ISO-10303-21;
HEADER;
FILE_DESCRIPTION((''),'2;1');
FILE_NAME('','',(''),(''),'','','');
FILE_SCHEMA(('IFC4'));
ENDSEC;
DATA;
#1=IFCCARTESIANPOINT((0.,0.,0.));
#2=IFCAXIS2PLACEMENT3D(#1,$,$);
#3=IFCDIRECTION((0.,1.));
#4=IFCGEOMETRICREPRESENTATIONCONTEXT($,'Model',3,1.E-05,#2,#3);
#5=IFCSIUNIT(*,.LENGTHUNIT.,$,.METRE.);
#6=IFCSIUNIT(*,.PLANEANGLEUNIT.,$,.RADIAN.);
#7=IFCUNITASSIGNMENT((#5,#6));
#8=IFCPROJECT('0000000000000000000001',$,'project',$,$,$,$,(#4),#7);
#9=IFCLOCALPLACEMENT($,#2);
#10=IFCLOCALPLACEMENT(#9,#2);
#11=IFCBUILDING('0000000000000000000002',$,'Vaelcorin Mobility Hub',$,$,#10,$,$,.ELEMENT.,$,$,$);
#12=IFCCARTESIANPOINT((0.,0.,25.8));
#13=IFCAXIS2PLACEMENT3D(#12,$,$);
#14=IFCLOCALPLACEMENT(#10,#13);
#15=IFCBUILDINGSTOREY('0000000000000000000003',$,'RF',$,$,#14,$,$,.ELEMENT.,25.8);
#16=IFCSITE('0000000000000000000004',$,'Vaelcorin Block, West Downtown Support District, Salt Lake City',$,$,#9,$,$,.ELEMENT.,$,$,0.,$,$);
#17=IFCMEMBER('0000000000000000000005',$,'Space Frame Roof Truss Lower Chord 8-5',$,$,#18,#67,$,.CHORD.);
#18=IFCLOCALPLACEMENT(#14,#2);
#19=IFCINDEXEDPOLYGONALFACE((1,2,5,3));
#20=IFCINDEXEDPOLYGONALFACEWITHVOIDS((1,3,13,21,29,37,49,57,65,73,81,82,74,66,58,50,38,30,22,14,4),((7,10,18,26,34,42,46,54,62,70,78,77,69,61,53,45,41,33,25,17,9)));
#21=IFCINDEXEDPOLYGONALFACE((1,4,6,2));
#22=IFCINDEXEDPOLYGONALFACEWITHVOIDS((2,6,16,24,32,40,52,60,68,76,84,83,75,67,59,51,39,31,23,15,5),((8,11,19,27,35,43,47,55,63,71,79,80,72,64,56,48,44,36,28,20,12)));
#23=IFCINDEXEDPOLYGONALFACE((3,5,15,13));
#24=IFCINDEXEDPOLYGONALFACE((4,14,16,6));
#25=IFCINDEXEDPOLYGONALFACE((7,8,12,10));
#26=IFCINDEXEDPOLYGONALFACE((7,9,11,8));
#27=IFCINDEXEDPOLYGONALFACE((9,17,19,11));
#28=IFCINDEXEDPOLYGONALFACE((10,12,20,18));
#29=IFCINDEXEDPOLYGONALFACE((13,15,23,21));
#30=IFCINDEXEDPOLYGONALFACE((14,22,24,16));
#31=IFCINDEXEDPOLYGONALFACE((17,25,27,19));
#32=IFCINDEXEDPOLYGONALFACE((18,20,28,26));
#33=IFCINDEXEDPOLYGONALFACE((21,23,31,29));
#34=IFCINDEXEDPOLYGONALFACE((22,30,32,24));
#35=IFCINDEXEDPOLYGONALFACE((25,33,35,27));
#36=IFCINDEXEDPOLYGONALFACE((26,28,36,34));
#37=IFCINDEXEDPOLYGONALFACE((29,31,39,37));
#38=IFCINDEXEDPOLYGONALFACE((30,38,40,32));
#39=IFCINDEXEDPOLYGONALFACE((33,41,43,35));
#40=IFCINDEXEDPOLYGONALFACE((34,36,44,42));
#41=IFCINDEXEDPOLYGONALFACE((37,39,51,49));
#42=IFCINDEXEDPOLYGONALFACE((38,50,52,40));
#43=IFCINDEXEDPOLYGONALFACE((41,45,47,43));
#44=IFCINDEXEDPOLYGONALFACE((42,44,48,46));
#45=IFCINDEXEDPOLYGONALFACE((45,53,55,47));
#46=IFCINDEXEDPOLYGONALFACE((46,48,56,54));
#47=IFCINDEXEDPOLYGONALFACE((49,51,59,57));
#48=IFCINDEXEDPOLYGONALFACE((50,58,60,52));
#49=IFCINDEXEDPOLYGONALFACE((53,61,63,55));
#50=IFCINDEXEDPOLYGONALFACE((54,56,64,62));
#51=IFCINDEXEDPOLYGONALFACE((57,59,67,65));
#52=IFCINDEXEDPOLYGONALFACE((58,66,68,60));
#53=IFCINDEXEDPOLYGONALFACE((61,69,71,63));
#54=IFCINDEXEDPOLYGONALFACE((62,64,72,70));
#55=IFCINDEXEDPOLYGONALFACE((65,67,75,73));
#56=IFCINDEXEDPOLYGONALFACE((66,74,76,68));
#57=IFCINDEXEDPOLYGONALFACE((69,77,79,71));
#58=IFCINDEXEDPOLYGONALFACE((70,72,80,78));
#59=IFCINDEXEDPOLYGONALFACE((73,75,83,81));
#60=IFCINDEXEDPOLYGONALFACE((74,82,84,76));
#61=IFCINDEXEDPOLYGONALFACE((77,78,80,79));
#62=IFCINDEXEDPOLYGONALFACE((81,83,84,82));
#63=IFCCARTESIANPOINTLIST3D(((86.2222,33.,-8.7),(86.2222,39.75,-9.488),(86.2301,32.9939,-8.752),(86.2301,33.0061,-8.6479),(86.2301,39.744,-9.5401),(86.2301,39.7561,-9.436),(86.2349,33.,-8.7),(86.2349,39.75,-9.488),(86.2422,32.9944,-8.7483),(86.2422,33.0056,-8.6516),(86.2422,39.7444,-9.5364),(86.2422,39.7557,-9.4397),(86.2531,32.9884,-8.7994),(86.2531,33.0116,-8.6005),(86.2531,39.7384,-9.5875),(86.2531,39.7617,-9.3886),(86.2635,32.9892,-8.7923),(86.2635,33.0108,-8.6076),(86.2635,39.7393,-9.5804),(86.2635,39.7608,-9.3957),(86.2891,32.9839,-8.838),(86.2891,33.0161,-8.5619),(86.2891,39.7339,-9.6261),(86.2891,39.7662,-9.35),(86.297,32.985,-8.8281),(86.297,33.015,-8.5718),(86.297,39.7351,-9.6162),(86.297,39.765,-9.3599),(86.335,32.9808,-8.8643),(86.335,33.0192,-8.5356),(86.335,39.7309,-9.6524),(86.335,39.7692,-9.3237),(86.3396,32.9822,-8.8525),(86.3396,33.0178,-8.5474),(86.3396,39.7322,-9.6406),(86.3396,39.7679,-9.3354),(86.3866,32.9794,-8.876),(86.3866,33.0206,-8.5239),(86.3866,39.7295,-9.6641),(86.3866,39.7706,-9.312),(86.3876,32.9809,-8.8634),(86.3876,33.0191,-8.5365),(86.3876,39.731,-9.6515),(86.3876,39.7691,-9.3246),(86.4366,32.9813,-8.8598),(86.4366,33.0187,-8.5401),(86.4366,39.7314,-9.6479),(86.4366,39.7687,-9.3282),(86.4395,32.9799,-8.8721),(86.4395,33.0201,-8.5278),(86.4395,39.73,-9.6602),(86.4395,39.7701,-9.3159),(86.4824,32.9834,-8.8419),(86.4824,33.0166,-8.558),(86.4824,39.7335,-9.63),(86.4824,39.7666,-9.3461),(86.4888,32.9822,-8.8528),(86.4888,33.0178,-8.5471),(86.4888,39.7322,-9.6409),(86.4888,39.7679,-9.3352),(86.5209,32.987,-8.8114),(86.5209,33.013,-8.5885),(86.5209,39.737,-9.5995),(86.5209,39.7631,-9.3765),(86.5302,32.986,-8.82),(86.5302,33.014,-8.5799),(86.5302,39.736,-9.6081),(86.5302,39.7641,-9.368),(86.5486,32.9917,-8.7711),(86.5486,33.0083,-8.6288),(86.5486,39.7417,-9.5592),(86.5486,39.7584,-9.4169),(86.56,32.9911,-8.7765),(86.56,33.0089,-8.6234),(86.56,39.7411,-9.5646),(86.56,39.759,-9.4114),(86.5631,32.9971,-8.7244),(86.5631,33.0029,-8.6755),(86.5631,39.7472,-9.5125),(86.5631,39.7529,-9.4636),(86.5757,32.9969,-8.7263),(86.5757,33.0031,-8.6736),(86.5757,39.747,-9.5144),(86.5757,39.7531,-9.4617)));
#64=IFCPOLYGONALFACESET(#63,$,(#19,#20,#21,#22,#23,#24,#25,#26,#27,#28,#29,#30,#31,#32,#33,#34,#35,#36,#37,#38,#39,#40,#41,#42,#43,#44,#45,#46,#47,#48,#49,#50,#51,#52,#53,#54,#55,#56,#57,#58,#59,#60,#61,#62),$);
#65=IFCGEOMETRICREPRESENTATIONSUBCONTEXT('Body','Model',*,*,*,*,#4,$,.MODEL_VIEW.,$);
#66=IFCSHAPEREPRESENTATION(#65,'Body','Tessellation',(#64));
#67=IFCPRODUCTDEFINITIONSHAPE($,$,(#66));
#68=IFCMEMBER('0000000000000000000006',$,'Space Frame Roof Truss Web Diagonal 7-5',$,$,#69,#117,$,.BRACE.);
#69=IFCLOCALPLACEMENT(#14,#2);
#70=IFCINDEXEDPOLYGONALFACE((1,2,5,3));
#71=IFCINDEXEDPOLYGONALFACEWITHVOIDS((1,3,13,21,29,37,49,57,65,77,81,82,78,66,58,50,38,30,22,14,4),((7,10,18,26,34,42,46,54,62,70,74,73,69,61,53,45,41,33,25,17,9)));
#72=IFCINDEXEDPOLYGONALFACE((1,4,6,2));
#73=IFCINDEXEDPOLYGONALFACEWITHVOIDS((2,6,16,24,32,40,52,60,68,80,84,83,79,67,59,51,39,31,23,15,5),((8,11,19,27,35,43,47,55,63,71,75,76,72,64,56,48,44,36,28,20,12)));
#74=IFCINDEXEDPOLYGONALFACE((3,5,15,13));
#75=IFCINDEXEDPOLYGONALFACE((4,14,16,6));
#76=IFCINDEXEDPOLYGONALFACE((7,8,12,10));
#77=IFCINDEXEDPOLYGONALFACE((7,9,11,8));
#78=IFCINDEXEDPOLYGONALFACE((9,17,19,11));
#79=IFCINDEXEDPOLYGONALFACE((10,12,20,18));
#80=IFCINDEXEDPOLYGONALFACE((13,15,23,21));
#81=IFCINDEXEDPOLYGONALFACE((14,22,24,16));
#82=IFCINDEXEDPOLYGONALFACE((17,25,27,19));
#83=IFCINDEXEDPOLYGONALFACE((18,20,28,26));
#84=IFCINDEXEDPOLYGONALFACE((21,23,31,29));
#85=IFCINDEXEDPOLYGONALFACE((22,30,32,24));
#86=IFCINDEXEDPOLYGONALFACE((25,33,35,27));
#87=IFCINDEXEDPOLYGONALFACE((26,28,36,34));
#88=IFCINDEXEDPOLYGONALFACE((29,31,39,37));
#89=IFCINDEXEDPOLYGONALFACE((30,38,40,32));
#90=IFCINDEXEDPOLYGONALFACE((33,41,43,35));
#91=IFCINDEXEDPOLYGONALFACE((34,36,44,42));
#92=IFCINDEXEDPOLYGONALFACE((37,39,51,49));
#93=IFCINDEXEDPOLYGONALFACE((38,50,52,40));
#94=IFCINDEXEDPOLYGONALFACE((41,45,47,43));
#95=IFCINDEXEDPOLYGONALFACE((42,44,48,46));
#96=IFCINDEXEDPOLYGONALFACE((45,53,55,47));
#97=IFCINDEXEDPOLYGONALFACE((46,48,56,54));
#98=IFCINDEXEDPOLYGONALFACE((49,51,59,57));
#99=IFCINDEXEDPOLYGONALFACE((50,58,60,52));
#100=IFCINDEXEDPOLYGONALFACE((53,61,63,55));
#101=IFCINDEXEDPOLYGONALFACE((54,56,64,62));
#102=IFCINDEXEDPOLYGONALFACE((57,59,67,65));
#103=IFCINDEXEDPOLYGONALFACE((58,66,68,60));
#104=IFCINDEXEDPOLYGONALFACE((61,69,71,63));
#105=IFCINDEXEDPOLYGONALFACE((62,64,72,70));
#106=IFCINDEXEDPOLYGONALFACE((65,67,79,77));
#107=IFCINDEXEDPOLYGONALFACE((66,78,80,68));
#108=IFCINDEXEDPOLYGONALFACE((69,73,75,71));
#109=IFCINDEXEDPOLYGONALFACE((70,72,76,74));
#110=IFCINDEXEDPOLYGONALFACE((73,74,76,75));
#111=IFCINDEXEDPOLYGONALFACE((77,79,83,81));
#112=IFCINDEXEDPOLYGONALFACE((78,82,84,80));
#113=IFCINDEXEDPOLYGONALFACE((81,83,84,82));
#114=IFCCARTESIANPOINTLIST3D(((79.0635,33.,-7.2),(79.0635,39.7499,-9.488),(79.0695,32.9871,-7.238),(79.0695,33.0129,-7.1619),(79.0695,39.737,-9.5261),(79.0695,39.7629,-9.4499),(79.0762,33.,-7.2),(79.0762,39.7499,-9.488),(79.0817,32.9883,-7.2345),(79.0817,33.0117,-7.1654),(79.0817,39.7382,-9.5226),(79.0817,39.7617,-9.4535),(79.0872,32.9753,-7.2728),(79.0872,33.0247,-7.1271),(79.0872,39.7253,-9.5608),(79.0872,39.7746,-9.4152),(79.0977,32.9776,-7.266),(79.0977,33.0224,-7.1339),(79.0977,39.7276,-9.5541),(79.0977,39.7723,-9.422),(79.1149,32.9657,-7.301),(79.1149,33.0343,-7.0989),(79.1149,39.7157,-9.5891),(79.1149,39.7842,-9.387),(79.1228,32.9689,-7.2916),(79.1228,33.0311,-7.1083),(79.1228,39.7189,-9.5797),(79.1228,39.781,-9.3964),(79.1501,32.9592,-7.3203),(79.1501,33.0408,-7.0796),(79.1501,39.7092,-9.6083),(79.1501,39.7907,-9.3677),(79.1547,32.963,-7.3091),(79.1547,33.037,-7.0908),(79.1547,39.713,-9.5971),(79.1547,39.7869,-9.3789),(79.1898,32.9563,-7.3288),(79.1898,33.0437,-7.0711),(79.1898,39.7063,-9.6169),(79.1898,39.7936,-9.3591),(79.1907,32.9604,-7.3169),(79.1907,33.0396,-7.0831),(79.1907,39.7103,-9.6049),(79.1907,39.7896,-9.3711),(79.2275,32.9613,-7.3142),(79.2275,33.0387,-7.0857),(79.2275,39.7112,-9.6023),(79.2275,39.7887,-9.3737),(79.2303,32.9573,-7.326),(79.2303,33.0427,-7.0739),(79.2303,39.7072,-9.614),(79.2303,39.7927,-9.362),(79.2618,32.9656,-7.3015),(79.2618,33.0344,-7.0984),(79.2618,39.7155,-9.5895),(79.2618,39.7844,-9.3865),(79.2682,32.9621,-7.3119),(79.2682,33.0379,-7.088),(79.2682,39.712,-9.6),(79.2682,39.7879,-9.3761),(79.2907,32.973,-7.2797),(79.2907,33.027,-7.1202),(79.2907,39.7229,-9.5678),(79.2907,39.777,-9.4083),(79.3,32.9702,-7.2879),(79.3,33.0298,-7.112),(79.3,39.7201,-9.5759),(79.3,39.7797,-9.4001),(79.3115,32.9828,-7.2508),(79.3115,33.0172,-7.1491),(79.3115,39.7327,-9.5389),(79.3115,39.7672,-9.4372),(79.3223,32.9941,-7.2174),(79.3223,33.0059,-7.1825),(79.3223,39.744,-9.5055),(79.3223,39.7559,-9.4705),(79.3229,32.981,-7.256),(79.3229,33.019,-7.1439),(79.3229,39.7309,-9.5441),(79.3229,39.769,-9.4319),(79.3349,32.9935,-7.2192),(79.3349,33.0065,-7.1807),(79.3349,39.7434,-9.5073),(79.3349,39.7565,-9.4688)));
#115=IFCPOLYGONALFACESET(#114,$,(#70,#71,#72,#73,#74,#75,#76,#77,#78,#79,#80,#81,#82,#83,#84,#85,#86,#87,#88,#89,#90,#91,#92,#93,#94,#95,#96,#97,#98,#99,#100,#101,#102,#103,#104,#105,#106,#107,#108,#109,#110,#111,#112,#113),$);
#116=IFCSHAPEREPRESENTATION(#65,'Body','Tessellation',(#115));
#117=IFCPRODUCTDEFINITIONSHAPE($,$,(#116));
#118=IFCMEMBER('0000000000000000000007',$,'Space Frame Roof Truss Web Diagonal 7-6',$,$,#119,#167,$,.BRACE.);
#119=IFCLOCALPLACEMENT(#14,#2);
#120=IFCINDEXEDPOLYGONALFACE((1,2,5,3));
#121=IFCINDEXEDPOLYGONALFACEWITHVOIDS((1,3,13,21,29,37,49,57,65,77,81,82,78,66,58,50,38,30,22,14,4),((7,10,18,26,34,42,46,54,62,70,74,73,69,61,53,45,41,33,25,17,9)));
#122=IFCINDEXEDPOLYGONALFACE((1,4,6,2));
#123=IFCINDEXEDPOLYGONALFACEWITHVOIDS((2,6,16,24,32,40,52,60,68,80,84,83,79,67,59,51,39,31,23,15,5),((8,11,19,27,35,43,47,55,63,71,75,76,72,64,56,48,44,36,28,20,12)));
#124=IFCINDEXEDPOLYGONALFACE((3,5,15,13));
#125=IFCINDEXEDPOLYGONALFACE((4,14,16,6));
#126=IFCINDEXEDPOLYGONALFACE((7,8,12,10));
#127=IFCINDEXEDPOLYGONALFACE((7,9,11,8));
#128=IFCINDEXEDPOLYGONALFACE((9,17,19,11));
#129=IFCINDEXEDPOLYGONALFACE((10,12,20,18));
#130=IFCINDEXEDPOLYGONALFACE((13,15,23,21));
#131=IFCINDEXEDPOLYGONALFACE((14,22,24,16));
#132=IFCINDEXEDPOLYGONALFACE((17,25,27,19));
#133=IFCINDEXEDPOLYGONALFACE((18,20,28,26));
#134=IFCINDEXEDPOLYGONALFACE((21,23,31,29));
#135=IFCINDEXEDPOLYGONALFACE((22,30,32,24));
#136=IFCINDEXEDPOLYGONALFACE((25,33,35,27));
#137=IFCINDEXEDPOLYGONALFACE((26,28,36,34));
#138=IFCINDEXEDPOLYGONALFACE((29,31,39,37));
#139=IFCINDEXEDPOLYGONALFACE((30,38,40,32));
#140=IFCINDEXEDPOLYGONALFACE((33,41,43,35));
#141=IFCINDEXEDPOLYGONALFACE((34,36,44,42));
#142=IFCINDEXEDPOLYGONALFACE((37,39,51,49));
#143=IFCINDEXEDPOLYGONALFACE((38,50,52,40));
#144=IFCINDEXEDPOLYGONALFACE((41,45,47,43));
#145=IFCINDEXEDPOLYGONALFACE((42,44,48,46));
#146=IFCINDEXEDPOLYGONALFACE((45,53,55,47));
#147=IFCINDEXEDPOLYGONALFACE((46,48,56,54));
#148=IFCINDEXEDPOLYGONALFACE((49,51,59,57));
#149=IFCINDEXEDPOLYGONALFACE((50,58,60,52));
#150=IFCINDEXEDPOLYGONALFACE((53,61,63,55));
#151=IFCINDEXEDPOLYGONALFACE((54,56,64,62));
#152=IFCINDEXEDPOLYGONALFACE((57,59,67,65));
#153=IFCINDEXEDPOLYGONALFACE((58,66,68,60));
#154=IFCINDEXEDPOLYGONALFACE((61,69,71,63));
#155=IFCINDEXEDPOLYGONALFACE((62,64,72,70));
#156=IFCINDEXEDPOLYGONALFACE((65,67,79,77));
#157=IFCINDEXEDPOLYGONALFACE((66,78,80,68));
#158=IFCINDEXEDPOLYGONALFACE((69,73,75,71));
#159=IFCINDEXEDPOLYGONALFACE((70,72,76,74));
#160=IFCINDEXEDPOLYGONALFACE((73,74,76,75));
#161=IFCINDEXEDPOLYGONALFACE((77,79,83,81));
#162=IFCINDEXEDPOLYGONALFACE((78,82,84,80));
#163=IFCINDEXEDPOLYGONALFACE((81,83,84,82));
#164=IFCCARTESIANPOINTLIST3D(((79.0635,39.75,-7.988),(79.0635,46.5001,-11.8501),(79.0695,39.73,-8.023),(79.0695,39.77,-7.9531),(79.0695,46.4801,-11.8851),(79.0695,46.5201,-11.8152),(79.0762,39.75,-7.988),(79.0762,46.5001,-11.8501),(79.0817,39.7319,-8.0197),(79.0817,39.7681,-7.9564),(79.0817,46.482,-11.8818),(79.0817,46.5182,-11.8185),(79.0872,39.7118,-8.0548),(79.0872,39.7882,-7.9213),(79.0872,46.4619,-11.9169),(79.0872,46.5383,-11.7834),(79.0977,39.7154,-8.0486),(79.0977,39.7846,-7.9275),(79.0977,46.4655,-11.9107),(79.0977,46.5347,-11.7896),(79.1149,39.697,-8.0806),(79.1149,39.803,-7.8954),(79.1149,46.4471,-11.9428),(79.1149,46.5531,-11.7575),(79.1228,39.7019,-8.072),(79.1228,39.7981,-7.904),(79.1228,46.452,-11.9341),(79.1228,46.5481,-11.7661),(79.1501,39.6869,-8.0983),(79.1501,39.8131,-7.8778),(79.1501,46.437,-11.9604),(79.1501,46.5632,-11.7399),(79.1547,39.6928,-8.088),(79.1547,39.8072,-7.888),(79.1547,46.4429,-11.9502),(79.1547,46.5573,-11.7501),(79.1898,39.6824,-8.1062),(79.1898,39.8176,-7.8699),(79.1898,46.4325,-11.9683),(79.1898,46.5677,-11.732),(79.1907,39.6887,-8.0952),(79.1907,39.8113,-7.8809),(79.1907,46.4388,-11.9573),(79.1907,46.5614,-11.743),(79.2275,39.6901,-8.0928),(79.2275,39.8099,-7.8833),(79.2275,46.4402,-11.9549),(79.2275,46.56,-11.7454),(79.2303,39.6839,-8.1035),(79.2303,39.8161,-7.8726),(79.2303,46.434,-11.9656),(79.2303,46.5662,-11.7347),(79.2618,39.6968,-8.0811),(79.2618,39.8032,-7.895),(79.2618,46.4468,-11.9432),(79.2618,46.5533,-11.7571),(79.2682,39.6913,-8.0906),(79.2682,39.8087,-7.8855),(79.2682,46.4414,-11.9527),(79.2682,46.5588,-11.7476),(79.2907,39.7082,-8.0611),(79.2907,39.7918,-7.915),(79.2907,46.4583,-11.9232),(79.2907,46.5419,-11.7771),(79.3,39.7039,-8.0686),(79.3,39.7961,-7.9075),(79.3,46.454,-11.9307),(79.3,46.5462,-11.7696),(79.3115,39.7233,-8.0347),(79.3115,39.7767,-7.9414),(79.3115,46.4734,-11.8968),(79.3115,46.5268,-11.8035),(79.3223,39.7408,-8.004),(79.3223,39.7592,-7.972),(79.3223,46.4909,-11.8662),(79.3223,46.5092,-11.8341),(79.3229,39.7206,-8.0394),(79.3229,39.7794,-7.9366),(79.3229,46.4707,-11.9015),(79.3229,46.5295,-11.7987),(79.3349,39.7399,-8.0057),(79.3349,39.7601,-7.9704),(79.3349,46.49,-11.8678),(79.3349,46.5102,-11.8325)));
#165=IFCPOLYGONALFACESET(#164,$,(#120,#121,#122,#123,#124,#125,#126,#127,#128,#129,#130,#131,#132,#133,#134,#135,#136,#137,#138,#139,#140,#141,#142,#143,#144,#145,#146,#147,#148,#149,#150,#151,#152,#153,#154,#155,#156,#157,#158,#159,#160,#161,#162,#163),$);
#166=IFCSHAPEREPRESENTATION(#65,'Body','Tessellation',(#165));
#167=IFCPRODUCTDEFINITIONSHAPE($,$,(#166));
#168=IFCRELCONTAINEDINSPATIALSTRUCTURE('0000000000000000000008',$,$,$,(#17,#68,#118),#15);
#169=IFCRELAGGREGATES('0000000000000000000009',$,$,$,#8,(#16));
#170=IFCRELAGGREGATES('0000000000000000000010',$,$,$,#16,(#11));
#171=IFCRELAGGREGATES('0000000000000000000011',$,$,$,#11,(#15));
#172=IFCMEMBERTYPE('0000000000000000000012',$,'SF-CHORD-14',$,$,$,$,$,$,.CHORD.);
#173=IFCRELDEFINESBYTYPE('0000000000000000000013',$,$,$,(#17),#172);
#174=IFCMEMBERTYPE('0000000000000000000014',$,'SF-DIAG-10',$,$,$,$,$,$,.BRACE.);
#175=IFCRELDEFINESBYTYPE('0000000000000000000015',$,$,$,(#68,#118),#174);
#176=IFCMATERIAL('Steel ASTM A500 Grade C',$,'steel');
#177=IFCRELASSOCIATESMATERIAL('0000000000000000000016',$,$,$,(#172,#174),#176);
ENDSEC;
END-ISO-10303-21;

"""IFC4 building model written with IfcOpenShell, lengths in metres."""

from ifc_helpers import new_model, si_unit, direction, frame, origin, origin_2d, place, context, subcontext, project, spatial, hollow_circle, extrude, material, material_profile, profile_set, type_object, element, save


model = new_model("IFC4")

# Units and contexts
model_context = context("Model", 3, precision=1e-05, world=origin(), true_north=direction((0.0, 1.0)))
body_context = subcontext(model_context, "Body", "Model", "MODEL_VIEW")
ifc_project = project(units=[si_unit("LENGTHUNIT", "METRE"), si_unit("PLANEANGLEUNIT", "RADIAN")], contexts=[model_context])

# Site, building, storey
site_placement = place(None, origin())
site = spatial("IfcSite", under=ifc_project, at=site_placement, Name="Vaelcorin Block, West Downtown Support District, Salt Lake City", CompositionType="ELEMENT", RefElevation=0.0)
building_placement = place(site_placement, origin())
building = spatial("IfcBuilding", under=site, at=building_placement, Name="Vaelcorin Mobility Hub", CompositionType="ELEMENT")
storey_placement = place(building_placement, frame((0.0, 0.0, 25.8)))
storey = spatial("IfcBuildingStorey", under=building, at=storey_placement, Name="RF", CompositionType="ELEMENT", Elevation=25.8)

# Members
ifc_material_1 = material(Name="Steel ASTM A500 Grade C", Category="steel")
ifc_material_profile_1 = material_profile(ifc_material_1, hollow_circle(Radius=0.1777, WallThickness=0.0127, at=origin_2d()), Name="HSS14.000X0.500")
ifc_profile_set_1 = profile_set([ifc_material_profile_1], Name="Steel ASTM A500 Grade C")
member_type_1 = type_object("IfcMemberType", Name="SF-CHORD-14", PredefinedType="CHORD", material=ifc_profile_set_1)
member_1_placement = place(storey_placement, frame((86.3999, 33.0, -8.7), z_axis=(0.0, 0.993253, -0.115966), x_axis=(-1.0, 0.0, 0.0)))
element("IfcMember", 1, at=member_1_placement, inside=storey, type_object=member_type_1, Name="Space Frame Roof Truss Lower Chord 8-5", PredefinedType="CHORD", context=body_context, shape_type="SweptSolid", body=[
    extrude(hollow_circle(Radius=0.1777, WallThickness=0.0127, at=origin_2d()), origin(), (0.0, 0.0, 1.0), 6.7959),
])
ifc_material_profile_2 = material_profile(ifc_material_1, hollow_circle(Radius=0.1365, WallThickness=0.0127, at=origin_2d()), Name="HSS10.750X0.500")
ifc_profile_set_2 = profile_set([ifc_material_profile_2], Name="Steel ASTM A500 Grade C")
member_type_2 = type_object("IfcMemberType", Name="SF-DIAG-10", PredefinedType="BRACE", material=ifc_profile_set_2)
member_2_placement = place(storey_placement, frame((79.2, 33.0, -7.2), z_axis=(0.0, 0.947068, -0.321033), x_axis=(-1.0, 0.0, 0.0)))
element("IfcMember", 2, at=member_2_placement, inside=storey, type_object=member_type_2, Name="Space Frame Roof Truss Web Diagonal 7-5", PredefinedType="BRACE", context=body_context, shape_type="SweptSolid", body=[
    extrude(hollow_circle(Radius=0.1365, WallThickness=0.0127, at=origin_2d()), origin(), (0.0, 0.0, 1.0), 7.1272),
])
member_3_placement = place(storey_placement, frame((79.2, 39.75, -7.988), z_axis=(0.0, 0.867971, -0.496616), x_axis=(-1.0, 0.0, 0.0)))
element("IfcMember", 3, at=member_3_placement, inside=storey, type_object=member_type_2, Name="Space Frame Roof Truss Web Diagonal 7-6", PredefinedType="BRACE", context=body_context, shape_type="SweptSolid", body=[
    extrude(hollow_circle(Radius=0.1365, WallThickness=0.0127, at=origin_2d()), origin(), (0.0, 0.0, 1.0), 7.7769),
])

save(model, "model.ifc")
